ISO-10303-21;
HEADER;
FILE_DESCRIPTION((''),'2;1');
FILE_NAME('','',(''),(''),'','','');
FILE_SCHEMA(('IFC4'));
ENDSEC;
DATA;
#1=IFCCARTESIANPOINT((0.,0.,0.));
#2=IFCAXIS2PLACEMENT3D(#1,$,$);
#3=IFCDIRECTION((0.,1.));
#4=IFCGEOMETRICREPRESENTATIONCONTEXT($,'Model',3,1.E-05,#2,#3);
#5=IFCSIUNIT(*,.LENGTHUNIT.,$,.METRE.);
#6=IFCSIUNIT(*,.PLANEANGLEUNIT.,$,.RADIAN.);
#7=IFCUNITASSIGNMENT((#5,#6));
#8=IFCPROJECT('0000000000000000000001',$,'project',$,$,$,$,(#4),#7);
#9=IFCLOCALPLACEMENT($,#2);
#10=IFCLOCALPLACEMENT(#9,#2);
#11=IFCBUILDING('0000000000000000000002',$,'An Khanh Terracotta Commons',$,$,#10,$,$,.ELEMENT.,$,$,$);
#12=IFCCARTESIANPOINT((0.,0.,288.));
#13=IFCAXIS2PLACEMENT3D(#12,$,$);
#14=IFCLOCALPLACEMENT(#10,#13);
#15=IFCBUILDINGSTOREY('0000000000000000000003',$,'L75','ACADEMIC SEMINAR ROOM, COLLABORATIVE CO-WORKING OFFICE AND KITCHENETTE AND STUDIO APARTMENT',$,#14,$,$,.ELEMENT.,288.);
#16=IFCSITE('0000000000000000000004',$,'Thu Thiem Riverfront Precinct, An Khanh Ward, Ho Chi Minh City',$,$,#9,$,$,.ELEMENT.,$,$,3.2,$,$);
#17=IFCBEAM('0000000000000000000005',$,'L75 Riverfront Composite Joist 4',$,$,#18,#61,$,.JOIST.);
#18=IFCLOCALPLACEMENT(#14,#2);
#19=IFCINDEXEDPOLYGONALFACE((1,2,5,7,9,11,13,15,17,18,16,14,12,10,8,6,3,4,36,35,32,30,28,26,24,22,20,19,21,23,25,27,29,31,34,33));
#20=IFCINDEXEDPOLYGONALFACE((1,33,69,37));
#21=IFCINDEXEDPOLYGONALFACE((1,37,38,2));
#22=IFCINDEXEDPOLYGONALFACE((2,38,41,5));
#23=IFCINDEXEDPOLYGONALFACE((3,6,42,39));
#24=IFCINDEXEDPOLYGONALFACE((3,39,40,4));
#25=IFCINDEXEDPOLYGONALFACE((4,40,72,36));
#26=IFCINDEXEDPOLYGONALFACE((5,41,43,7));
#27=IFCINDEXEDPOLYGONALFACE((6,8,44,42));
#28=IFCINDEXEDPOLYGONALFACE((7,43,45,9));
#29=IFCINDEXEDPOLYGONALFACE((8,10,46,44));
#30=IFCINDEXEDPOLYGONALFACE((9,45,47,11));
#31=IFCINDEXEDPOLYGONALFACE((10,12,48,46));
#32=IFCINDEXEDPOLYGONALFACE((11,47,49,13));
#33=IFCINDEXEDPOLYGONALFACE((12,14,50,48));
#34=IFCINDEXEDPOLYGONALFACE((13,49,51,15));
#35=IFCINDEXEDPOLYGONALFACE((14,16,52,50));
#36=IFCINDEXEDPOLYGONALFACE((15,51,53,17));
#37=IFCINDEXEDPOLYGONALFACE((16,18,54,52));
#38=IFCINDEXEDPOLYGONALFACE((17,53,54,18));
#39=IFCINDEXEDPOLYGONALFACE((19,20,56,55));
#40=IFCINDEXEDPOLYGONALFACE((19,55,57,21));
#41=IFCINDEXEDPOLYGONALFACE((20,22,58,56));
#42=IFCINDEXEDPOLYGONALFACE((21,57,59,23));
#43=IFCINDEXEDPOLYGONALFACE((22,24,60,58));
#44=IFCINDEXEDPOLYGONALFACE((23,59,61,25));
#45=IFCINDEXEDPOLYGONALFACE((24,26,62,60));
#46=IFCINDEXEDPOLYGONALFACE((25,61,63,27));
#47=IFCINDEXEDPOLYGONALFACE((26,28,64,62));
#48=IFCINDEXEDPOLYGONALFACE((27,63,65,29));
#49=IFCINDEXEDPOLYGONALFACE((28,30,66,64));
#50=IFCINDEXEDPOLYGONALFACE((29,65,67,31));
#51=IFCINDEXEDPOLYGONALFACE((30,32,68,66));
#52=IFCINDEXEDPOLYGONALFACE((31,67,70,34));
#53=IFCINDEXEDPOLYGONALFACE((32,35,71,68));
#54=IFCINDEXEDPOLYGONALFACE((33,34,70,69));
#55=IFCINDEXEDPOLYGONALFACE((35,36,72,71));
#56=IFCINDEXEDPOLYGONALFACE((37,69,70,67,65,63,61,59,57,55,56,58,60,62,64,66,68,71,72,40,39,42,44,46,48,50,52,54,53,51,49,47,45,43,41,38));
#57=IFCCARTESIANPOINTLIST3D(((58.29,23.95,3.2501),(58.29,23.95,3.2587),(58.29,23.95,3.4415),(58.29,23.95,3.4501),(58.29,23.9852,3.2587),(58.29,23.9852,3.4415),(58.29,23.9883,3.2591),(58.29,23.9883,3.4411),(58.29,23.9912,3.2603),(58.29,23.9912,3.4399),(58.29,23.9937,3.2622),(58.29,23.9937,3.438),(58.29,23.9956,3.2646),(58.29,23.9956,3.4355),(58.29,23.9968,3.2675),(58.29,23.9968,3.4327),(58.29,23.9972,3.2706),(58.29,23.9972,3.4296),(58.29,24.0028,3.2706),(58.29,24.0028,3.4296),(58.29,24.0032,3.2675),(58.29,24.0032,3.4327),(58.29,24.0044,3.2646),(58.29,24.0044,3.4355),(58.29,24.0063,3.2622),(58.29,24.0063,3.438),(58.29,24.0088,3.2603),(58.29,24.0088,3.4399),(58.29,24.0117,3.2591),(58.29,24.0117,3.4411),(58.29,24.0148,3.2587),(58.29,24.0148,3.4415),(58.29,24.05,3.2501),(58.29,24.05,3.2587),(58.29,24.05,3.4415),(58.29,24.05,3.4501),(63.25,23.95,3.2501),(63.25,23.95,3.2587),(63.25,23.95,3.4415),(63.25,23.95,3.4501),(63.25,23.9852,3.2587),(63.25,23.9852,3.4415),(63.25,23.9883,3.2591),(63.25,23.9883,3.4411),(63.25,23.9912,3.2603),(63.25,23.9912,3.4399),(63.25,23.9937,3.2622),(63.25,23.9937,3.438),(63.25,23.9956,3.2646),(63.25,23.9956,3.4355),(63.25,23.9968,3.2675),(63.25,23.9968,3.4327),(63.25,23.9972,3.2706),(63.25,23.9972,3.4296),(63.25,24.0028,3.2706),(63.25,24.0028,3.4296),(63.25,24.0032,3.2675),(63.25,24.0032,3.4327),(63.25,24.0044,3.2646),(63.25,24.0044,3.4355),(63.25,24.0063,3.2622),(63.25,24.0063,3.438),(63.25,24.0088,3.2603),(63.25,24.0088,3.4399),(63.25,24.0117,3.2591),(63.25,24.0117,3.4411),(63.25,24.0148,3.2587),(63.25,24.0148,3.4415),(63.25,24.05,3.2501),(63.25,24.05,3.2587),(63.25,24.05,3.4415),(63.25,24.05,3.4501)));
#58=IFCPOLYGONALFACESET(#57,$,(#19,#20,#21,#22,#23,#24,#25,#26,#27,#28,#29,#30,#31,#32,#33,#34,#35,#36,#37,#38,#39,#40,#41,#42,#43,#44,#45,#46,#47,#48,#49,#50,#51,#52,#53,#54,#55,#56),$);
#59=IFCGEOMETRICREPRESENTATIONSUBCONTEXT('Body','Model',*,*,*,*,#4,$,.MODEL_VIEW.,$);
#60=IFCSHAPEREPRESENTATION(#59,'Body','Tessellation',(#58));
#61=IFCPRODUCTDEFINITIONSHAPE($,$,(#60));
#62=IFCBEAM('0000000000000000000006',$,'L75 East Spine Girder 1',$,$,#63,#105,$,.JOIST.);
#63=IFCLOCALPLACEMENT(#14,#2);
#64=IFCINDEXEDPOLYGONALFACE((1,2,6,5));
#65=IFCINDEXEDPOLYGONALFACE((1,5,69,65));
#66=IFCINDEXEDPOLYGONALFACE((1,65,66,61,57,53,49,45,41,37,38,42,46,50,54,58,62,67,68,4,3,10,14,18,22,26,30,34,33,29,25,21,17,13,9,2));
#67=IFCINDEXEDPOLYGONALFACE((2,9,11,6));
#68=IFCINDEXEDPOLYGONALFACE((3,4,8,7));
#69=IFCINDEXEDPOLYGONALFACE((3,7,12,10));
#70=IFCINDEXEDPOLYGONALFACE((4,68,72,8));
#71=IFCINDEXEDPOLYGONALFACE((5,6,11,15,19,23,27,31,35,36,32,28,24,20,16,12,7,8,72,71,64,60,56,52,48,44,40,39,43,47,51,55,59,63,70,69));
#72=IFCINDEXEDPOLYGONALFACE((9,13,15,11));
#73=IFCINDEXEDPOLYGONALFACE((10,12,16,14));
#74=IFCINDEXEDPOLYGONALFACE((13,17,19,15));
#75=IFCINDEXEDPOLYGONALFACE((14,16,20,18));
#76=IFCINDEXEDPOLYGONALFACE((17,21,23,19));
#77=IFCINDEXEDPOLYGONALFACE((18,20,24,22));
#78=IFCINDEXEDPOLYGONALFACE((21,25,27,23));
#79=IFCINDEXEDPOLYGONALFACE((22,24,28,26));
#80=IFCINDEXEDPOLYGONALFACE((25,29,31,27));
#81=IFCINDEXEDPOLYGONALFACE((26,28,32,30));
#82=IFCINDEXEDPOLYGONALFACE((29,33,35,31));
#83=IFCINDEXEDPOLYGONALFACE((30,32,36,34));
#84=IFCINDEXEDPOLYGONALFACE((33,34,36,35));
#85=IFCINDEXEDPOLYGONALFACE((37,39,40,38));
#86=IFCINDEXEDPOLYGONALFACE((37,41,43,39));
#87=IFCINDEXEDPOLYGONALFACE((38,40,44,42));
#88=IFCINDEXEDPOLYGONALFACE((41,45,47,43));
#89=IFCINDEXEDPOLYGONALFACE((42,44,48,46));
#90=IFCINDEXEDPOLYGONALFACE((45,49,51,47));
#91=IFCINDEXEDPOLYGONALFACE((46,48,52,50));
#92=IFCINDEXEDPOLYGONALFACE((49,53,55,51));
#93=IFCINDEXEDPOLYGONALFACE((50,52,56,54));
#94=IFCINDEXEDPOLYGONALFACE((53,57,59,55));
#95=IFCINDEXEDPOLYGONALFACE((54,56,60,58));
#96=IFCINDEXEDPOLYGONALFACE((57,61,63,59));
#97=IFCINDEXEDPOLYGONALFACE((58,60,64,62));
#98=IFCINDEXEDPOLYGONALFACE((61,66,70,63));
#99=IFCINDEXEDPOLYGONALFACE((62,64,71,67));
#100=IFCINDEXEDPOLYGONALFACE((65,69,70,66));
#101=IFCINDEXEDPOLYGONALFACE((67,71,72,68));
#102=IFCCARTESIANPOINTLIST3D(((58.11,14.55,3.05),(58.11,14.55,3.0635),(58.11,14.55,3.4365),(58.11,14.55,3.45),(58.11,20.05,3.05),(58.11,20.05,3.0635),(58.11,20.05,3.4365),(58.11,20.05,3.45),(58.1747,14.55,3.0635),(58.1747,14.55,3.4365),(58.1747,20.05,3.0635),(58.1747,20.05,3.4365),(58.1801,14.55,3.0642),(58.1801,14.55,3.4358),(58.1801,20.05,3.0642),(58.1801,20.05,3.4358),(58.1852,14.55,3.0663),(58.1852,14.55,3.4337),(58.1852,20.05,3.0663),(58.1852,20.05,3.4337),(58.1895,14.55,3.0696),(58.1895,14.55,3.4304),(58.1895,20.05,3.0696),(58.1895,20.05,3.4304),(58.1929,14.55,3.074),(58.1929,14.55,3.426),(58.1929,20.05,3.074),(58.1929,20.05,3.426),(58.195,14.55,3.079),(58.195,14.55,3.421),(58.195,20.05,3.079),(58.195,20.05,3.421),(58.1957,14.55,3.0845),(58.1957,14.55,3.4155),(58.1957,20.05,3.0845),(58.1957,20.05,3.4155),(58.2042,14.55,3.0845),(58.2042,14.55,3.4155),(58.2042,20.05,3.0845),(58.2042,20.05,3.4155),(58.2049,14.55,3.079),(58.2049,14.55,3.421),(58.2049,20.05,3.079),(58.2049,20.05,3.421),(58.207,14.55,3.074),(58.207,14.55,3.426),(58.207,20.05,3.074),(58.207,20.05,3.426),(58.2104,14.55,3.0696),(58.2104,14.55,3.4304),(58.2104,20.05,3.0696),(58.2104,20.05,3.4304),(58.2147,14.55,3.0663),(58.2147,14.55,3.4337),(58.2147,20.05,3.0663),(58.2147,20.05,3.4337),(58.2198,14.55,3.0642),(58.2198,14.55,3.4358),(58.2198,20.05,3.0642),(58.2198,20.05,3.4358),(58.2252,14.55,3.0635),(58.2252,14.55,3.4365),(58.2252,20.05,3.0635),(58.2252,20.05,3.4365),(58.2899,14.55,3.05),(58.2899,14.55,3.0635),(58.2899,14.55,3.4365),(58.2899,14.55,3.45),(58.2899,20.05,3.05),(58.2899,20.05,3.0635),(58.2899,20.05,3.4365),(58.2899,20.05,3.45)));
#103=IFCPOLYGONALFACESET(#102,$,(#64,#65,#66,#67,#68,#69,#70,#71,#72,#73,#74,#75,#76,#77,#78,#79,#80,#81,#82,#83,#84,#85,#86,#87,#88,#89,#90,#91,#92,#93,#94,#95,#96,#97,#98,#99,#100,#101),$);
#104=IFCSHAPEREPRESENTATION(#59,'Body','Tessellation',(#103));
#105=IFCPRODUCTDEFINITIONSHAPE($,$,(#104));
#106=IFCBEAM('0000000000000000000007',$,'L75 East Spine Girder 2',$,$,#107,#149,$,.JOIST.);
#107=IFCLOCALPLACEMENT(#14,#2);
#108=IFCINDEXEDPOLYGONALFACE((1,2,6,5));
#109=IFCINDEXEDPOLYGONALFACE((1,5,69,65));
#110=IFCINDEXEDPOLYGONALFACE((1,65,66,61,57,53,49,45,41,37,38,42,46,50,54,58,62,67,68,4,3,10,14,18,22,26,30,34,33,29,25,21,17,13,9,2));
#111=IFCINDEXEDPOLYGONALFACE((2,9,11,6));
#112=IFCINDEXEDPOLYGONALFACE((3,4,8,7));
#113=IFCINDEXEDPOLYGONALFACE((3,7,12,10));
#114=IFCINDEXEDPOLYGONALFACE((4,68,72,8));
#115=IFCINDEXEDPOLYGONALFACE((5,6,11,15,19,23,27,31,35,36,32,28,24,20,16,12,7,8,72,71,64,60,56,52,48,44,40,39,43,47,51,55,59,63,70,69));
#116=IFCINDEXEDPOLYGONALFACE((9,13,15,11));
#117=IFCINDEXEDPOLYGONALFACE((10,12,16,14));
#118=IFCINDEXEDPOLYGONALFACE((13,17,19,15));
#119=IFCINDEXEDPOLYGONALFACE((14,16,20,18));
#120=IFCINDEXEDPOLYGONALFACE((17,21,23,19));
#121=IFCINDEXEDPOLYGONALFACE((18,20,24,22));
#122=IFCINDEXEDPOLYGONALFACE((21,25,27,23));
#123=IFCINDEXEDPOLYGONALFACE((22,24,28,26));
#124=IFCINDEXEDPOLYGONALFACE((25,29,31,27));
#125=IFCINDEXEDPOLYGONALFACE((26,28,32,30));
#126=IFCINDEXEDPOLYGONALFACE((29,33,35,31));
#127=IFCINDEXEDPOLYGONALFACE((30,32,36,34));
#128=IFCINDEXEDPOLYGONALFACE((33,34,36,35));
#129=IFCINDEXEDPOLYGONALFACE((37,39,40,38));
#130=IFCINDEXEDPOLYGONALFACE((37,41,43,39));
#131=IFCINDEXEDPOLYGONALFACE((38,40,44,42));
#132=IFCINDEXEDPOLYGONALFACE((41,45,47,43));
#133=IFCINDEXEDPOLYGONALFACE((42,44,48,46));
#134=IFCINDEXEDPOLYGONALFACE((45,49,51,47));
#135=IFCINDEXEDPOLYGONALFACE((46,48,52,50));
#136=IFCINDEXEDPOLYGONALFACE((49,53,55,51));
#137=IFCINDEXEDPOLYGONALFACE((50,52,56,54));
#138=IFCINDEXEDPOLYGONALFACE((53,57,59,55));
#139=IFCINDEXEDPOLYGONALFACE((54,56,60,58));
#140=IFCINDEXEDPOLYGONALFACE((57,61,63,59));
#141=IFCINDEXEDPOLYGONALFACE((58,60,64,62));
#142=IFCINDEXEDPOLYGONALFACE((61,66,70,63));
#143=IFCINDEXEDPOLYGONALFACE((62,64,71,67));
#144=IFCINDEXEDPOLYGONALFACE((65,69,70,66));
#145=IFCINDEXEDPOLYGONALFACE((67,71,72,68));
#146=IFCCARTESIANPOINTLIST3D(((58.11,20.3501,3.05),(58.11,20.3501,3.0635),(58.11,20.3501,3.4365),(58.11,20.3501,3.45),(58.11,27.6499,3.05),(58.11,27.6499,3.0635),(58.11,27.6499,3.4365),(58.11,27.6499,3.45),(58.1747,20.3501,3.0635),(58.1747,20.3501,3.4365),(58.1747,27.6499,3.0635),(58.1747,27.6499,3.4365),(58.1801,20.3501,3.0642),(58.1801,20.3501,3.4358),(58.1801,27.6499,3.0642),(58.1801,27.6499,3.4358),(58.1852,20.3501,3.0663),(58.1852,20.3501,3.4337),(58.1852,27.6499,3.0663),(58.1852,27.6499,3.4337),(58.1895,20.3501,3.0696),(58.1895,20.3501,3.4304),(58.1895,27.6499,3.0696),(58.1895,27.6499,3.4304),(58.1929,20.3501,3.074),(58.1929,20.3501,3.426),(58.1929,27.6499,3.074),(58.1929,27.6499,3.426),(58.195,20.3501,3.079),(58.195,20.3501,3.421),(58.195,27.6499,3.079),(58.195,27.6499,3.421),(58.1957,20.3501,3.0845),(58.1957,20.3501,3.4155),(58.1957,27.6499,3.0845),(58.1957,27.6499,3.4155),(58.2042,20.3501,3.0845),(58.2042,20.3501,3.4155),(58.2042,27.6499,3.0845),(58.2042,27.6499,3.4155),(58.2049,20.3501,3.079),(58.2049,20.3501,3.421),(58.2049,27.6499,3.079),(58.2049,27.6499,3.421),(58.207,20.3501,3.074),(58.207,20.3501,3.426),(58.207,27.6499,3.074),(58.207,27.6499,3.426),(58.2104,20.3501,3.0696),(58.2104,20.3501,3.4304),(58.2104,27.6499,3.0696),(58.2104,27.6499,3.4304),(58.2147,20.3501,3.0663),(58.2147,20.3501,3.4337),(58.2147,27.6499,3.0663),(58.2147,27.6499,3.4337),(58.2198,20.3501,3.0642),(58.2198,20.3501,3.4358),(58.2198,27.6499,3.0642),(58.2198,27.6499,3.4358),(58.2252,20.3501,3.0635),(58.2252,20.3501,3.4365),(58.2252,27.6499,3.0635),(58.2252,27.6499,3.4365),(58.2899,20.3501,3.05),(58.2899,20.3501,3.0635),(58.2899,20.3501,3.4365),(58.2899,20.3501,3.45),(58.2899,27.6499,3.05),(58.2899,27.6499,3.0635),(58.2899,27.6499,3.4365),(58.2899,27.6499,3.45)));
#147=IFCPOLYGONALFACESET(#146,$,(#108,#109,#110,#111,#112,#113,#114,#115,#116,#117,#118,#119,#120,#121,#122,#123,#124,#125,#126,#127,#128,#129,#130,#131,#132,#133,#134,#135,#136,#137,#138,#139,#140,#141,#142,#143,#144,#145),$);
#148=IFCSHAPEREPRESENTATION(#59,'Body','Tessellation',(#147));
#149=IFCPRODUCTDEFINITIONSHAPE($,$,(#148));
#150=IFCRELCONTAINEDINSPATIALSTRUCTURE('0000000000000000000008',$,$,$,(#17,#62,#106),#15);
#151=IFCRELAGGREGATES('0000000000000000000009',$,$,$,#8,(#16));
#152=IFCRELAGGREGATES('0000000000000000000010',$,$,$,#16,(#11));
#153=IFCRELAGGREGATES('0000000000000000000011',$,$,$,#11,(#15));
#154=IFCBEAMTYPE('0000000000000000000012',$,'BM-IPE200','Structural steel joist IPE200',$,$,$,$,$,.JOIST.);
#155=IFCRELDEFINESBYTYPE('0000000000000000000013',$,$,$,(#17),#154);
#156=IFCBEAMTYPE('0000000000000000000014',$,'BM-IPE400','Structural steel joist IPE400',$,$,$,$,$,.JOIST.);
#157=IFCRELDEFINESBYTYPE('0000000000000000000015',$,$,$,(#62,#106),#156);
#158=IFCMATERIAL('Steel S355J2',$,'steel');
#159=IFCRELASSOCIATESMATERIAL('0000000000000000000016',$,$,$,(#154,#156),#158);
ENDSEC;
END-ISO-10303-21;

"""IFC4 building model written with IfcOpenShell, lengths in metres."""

from ifc_helpers import new_model, si_unit, direction, frame, origin, origin_2d, place, context, subcontext, project, spatial, i_section, extrude, material, material_profile, profile_set, type_object, element, save


model = new_model("IFC4")

# Units and contexts
model_context = context("Model", 3, precision=1e-05, world=origin(), true_north=direction((0.0, 1.0)))
body_context = subcontext(model_context, "Body", "Model", "MODEL_VIEW")
ifc_project = project(units=[si_unit("LENGTHUNIT", "METRE"), si_unit("PLANEANGLEUNIT", "RADIAN")], contexts=[model_context])

# Site, building, storey
site_placement = place(None, origin())
site = spatial("IfcSite", under=ifc_project, at=site_placement, Name="Thu Thiem Riverfront Precinct, An Khanh Ward, Ho Chi Minh City", CompositionType="ELEMENT", RefElevation=3.2)
building_placement = place(site_placement, origin())
building = spatial("IfcBuilding", under=site, at=building_placement, Name="An Khanh Terracotta Commons", CompositionType="ELEMENT")
storey_placement = place(building_placement, frame((0.0, 0.0, 288.0)))
storey = spatial("IfcBuildingStorey", under=building, at=storey_placement, Name="L75", Description="ACADEMIC SEMINAR ROOM, COLLABORATIVE CO-WORKING OFFICE AND KITCHENETTE AND STUDIO APARTMENT", CompositionType="ELEMENT", Elevation=288.0)

# Beams
ifc_material_1 = material(Name="Steel S355J2", Category="steel")
ifc_material_profile_1 = material_profile(ifc_material_1, i_section(OverallWidth=0.1001, OverallDepth=0.2, WebThickness=0.0056, FlangeThickness=0.0085, FilletRadius=0.012, at=origin_2d()), Name="IPE200")
ifc_profile_set_1 = profile_set([ifc_material_profile_1], Name="Steel S355J2")
beam_type_1 = type_object("IfcBeamType", Name="BM-IPE200", Description="Structural steel joist IPE200", PredefinedType="JOIST", material=ifc_profile_set_1)
for number, where, z_axis, x_axis, name in (
    (1, (58.29, 24.0, 3.3501), (1.0, 0.0, 0.0), (0.0, 1.0, 0.0), "L75 Riverfront Composite Joist 4"),
):
    element("IfcBeam", number, at=place(storey_placement, frame(where, z_axis=z_axis, x_axis=x_axis)), inside=storey, type_object=beam_type_1, Name=name, PredefinedType="JOIST", context=body_context, shape_type="SweptSolid", body=[
        extrude(i_section(OverallWidth=0.1001, OverallDepth=0.2, WebThickness=0.0056, FlangeThickness=0.0085, FilletRadius=0.012, at=origin_2d()), origin(), (0.0, 0.0, 1.0), 4.96),
    ])
ifc_material_profile_2 = material_profile(ifc_material_1, i_section(OverallWidth=0.1799, OverallDepth=0.3999, WebThickness=0.0085, FlangeThickness=0.0134, FilletRadius=0.021, at=origin_2d()), Name="IPE400")
ifc_profile_set_2 = profile_set([ifc_material_profile_2], Name="Steel S355J2")
beam_type_2 = type_object("IfcBeamType", Name="BM-IPE400", Description="Structural steel joist IPE400", PredefinedType="JOIST", material=ifc_profile_set_2)
beam_1_placement = place(storey_placement, frame((58.2, 14.55, 3.25), z_axis=(0.0, 1.0, 0.0), x_axis=(-1.0, 0.0, 0.0)))
element("IfcBeam", 2, at=beam_1_placement, inside=storey, type_object=beam_type_2, Name="L75 East Spine Girder 1", PredefinedType="JOIST", context=body_context, shape_type="SweptSolid", body=[
    extrude(i_section(OverallWidth=0.1799, OverallDepth=0.3999, WebThickness=0.0085, FlangeThickness=0.0134, FilletRadius=0.021, at=origin_2d()), origin(), (0.0, 0.0, 1.0), 5.5),
])
beam_2_placement = place(storey_placement, frame((58.2, 20.3501, 3.25), z_axis=(0.0, 1.0, 0.0), x_axis=(-1.0, 0.0, 0.0)))
element("IfcBeam", 3, at=beam_2_placement, inside=storey, type_object=beam_type_2, Name="L75 East Spine Girder 2", PredefinedType="JOIST", context=body_context, shape_type="SweptSolid", body=[
    extrude(i_section(OverallWidth=0.1799, OverallDepth=0.3999, WebThickness=0.0085, FlangeThickness=0.0134, FilletRadius=0.021, at=origin_2d()), origin(), (0.0, 0.0, 1.0), 7.2998),
])

save(model, "model.ifc")
